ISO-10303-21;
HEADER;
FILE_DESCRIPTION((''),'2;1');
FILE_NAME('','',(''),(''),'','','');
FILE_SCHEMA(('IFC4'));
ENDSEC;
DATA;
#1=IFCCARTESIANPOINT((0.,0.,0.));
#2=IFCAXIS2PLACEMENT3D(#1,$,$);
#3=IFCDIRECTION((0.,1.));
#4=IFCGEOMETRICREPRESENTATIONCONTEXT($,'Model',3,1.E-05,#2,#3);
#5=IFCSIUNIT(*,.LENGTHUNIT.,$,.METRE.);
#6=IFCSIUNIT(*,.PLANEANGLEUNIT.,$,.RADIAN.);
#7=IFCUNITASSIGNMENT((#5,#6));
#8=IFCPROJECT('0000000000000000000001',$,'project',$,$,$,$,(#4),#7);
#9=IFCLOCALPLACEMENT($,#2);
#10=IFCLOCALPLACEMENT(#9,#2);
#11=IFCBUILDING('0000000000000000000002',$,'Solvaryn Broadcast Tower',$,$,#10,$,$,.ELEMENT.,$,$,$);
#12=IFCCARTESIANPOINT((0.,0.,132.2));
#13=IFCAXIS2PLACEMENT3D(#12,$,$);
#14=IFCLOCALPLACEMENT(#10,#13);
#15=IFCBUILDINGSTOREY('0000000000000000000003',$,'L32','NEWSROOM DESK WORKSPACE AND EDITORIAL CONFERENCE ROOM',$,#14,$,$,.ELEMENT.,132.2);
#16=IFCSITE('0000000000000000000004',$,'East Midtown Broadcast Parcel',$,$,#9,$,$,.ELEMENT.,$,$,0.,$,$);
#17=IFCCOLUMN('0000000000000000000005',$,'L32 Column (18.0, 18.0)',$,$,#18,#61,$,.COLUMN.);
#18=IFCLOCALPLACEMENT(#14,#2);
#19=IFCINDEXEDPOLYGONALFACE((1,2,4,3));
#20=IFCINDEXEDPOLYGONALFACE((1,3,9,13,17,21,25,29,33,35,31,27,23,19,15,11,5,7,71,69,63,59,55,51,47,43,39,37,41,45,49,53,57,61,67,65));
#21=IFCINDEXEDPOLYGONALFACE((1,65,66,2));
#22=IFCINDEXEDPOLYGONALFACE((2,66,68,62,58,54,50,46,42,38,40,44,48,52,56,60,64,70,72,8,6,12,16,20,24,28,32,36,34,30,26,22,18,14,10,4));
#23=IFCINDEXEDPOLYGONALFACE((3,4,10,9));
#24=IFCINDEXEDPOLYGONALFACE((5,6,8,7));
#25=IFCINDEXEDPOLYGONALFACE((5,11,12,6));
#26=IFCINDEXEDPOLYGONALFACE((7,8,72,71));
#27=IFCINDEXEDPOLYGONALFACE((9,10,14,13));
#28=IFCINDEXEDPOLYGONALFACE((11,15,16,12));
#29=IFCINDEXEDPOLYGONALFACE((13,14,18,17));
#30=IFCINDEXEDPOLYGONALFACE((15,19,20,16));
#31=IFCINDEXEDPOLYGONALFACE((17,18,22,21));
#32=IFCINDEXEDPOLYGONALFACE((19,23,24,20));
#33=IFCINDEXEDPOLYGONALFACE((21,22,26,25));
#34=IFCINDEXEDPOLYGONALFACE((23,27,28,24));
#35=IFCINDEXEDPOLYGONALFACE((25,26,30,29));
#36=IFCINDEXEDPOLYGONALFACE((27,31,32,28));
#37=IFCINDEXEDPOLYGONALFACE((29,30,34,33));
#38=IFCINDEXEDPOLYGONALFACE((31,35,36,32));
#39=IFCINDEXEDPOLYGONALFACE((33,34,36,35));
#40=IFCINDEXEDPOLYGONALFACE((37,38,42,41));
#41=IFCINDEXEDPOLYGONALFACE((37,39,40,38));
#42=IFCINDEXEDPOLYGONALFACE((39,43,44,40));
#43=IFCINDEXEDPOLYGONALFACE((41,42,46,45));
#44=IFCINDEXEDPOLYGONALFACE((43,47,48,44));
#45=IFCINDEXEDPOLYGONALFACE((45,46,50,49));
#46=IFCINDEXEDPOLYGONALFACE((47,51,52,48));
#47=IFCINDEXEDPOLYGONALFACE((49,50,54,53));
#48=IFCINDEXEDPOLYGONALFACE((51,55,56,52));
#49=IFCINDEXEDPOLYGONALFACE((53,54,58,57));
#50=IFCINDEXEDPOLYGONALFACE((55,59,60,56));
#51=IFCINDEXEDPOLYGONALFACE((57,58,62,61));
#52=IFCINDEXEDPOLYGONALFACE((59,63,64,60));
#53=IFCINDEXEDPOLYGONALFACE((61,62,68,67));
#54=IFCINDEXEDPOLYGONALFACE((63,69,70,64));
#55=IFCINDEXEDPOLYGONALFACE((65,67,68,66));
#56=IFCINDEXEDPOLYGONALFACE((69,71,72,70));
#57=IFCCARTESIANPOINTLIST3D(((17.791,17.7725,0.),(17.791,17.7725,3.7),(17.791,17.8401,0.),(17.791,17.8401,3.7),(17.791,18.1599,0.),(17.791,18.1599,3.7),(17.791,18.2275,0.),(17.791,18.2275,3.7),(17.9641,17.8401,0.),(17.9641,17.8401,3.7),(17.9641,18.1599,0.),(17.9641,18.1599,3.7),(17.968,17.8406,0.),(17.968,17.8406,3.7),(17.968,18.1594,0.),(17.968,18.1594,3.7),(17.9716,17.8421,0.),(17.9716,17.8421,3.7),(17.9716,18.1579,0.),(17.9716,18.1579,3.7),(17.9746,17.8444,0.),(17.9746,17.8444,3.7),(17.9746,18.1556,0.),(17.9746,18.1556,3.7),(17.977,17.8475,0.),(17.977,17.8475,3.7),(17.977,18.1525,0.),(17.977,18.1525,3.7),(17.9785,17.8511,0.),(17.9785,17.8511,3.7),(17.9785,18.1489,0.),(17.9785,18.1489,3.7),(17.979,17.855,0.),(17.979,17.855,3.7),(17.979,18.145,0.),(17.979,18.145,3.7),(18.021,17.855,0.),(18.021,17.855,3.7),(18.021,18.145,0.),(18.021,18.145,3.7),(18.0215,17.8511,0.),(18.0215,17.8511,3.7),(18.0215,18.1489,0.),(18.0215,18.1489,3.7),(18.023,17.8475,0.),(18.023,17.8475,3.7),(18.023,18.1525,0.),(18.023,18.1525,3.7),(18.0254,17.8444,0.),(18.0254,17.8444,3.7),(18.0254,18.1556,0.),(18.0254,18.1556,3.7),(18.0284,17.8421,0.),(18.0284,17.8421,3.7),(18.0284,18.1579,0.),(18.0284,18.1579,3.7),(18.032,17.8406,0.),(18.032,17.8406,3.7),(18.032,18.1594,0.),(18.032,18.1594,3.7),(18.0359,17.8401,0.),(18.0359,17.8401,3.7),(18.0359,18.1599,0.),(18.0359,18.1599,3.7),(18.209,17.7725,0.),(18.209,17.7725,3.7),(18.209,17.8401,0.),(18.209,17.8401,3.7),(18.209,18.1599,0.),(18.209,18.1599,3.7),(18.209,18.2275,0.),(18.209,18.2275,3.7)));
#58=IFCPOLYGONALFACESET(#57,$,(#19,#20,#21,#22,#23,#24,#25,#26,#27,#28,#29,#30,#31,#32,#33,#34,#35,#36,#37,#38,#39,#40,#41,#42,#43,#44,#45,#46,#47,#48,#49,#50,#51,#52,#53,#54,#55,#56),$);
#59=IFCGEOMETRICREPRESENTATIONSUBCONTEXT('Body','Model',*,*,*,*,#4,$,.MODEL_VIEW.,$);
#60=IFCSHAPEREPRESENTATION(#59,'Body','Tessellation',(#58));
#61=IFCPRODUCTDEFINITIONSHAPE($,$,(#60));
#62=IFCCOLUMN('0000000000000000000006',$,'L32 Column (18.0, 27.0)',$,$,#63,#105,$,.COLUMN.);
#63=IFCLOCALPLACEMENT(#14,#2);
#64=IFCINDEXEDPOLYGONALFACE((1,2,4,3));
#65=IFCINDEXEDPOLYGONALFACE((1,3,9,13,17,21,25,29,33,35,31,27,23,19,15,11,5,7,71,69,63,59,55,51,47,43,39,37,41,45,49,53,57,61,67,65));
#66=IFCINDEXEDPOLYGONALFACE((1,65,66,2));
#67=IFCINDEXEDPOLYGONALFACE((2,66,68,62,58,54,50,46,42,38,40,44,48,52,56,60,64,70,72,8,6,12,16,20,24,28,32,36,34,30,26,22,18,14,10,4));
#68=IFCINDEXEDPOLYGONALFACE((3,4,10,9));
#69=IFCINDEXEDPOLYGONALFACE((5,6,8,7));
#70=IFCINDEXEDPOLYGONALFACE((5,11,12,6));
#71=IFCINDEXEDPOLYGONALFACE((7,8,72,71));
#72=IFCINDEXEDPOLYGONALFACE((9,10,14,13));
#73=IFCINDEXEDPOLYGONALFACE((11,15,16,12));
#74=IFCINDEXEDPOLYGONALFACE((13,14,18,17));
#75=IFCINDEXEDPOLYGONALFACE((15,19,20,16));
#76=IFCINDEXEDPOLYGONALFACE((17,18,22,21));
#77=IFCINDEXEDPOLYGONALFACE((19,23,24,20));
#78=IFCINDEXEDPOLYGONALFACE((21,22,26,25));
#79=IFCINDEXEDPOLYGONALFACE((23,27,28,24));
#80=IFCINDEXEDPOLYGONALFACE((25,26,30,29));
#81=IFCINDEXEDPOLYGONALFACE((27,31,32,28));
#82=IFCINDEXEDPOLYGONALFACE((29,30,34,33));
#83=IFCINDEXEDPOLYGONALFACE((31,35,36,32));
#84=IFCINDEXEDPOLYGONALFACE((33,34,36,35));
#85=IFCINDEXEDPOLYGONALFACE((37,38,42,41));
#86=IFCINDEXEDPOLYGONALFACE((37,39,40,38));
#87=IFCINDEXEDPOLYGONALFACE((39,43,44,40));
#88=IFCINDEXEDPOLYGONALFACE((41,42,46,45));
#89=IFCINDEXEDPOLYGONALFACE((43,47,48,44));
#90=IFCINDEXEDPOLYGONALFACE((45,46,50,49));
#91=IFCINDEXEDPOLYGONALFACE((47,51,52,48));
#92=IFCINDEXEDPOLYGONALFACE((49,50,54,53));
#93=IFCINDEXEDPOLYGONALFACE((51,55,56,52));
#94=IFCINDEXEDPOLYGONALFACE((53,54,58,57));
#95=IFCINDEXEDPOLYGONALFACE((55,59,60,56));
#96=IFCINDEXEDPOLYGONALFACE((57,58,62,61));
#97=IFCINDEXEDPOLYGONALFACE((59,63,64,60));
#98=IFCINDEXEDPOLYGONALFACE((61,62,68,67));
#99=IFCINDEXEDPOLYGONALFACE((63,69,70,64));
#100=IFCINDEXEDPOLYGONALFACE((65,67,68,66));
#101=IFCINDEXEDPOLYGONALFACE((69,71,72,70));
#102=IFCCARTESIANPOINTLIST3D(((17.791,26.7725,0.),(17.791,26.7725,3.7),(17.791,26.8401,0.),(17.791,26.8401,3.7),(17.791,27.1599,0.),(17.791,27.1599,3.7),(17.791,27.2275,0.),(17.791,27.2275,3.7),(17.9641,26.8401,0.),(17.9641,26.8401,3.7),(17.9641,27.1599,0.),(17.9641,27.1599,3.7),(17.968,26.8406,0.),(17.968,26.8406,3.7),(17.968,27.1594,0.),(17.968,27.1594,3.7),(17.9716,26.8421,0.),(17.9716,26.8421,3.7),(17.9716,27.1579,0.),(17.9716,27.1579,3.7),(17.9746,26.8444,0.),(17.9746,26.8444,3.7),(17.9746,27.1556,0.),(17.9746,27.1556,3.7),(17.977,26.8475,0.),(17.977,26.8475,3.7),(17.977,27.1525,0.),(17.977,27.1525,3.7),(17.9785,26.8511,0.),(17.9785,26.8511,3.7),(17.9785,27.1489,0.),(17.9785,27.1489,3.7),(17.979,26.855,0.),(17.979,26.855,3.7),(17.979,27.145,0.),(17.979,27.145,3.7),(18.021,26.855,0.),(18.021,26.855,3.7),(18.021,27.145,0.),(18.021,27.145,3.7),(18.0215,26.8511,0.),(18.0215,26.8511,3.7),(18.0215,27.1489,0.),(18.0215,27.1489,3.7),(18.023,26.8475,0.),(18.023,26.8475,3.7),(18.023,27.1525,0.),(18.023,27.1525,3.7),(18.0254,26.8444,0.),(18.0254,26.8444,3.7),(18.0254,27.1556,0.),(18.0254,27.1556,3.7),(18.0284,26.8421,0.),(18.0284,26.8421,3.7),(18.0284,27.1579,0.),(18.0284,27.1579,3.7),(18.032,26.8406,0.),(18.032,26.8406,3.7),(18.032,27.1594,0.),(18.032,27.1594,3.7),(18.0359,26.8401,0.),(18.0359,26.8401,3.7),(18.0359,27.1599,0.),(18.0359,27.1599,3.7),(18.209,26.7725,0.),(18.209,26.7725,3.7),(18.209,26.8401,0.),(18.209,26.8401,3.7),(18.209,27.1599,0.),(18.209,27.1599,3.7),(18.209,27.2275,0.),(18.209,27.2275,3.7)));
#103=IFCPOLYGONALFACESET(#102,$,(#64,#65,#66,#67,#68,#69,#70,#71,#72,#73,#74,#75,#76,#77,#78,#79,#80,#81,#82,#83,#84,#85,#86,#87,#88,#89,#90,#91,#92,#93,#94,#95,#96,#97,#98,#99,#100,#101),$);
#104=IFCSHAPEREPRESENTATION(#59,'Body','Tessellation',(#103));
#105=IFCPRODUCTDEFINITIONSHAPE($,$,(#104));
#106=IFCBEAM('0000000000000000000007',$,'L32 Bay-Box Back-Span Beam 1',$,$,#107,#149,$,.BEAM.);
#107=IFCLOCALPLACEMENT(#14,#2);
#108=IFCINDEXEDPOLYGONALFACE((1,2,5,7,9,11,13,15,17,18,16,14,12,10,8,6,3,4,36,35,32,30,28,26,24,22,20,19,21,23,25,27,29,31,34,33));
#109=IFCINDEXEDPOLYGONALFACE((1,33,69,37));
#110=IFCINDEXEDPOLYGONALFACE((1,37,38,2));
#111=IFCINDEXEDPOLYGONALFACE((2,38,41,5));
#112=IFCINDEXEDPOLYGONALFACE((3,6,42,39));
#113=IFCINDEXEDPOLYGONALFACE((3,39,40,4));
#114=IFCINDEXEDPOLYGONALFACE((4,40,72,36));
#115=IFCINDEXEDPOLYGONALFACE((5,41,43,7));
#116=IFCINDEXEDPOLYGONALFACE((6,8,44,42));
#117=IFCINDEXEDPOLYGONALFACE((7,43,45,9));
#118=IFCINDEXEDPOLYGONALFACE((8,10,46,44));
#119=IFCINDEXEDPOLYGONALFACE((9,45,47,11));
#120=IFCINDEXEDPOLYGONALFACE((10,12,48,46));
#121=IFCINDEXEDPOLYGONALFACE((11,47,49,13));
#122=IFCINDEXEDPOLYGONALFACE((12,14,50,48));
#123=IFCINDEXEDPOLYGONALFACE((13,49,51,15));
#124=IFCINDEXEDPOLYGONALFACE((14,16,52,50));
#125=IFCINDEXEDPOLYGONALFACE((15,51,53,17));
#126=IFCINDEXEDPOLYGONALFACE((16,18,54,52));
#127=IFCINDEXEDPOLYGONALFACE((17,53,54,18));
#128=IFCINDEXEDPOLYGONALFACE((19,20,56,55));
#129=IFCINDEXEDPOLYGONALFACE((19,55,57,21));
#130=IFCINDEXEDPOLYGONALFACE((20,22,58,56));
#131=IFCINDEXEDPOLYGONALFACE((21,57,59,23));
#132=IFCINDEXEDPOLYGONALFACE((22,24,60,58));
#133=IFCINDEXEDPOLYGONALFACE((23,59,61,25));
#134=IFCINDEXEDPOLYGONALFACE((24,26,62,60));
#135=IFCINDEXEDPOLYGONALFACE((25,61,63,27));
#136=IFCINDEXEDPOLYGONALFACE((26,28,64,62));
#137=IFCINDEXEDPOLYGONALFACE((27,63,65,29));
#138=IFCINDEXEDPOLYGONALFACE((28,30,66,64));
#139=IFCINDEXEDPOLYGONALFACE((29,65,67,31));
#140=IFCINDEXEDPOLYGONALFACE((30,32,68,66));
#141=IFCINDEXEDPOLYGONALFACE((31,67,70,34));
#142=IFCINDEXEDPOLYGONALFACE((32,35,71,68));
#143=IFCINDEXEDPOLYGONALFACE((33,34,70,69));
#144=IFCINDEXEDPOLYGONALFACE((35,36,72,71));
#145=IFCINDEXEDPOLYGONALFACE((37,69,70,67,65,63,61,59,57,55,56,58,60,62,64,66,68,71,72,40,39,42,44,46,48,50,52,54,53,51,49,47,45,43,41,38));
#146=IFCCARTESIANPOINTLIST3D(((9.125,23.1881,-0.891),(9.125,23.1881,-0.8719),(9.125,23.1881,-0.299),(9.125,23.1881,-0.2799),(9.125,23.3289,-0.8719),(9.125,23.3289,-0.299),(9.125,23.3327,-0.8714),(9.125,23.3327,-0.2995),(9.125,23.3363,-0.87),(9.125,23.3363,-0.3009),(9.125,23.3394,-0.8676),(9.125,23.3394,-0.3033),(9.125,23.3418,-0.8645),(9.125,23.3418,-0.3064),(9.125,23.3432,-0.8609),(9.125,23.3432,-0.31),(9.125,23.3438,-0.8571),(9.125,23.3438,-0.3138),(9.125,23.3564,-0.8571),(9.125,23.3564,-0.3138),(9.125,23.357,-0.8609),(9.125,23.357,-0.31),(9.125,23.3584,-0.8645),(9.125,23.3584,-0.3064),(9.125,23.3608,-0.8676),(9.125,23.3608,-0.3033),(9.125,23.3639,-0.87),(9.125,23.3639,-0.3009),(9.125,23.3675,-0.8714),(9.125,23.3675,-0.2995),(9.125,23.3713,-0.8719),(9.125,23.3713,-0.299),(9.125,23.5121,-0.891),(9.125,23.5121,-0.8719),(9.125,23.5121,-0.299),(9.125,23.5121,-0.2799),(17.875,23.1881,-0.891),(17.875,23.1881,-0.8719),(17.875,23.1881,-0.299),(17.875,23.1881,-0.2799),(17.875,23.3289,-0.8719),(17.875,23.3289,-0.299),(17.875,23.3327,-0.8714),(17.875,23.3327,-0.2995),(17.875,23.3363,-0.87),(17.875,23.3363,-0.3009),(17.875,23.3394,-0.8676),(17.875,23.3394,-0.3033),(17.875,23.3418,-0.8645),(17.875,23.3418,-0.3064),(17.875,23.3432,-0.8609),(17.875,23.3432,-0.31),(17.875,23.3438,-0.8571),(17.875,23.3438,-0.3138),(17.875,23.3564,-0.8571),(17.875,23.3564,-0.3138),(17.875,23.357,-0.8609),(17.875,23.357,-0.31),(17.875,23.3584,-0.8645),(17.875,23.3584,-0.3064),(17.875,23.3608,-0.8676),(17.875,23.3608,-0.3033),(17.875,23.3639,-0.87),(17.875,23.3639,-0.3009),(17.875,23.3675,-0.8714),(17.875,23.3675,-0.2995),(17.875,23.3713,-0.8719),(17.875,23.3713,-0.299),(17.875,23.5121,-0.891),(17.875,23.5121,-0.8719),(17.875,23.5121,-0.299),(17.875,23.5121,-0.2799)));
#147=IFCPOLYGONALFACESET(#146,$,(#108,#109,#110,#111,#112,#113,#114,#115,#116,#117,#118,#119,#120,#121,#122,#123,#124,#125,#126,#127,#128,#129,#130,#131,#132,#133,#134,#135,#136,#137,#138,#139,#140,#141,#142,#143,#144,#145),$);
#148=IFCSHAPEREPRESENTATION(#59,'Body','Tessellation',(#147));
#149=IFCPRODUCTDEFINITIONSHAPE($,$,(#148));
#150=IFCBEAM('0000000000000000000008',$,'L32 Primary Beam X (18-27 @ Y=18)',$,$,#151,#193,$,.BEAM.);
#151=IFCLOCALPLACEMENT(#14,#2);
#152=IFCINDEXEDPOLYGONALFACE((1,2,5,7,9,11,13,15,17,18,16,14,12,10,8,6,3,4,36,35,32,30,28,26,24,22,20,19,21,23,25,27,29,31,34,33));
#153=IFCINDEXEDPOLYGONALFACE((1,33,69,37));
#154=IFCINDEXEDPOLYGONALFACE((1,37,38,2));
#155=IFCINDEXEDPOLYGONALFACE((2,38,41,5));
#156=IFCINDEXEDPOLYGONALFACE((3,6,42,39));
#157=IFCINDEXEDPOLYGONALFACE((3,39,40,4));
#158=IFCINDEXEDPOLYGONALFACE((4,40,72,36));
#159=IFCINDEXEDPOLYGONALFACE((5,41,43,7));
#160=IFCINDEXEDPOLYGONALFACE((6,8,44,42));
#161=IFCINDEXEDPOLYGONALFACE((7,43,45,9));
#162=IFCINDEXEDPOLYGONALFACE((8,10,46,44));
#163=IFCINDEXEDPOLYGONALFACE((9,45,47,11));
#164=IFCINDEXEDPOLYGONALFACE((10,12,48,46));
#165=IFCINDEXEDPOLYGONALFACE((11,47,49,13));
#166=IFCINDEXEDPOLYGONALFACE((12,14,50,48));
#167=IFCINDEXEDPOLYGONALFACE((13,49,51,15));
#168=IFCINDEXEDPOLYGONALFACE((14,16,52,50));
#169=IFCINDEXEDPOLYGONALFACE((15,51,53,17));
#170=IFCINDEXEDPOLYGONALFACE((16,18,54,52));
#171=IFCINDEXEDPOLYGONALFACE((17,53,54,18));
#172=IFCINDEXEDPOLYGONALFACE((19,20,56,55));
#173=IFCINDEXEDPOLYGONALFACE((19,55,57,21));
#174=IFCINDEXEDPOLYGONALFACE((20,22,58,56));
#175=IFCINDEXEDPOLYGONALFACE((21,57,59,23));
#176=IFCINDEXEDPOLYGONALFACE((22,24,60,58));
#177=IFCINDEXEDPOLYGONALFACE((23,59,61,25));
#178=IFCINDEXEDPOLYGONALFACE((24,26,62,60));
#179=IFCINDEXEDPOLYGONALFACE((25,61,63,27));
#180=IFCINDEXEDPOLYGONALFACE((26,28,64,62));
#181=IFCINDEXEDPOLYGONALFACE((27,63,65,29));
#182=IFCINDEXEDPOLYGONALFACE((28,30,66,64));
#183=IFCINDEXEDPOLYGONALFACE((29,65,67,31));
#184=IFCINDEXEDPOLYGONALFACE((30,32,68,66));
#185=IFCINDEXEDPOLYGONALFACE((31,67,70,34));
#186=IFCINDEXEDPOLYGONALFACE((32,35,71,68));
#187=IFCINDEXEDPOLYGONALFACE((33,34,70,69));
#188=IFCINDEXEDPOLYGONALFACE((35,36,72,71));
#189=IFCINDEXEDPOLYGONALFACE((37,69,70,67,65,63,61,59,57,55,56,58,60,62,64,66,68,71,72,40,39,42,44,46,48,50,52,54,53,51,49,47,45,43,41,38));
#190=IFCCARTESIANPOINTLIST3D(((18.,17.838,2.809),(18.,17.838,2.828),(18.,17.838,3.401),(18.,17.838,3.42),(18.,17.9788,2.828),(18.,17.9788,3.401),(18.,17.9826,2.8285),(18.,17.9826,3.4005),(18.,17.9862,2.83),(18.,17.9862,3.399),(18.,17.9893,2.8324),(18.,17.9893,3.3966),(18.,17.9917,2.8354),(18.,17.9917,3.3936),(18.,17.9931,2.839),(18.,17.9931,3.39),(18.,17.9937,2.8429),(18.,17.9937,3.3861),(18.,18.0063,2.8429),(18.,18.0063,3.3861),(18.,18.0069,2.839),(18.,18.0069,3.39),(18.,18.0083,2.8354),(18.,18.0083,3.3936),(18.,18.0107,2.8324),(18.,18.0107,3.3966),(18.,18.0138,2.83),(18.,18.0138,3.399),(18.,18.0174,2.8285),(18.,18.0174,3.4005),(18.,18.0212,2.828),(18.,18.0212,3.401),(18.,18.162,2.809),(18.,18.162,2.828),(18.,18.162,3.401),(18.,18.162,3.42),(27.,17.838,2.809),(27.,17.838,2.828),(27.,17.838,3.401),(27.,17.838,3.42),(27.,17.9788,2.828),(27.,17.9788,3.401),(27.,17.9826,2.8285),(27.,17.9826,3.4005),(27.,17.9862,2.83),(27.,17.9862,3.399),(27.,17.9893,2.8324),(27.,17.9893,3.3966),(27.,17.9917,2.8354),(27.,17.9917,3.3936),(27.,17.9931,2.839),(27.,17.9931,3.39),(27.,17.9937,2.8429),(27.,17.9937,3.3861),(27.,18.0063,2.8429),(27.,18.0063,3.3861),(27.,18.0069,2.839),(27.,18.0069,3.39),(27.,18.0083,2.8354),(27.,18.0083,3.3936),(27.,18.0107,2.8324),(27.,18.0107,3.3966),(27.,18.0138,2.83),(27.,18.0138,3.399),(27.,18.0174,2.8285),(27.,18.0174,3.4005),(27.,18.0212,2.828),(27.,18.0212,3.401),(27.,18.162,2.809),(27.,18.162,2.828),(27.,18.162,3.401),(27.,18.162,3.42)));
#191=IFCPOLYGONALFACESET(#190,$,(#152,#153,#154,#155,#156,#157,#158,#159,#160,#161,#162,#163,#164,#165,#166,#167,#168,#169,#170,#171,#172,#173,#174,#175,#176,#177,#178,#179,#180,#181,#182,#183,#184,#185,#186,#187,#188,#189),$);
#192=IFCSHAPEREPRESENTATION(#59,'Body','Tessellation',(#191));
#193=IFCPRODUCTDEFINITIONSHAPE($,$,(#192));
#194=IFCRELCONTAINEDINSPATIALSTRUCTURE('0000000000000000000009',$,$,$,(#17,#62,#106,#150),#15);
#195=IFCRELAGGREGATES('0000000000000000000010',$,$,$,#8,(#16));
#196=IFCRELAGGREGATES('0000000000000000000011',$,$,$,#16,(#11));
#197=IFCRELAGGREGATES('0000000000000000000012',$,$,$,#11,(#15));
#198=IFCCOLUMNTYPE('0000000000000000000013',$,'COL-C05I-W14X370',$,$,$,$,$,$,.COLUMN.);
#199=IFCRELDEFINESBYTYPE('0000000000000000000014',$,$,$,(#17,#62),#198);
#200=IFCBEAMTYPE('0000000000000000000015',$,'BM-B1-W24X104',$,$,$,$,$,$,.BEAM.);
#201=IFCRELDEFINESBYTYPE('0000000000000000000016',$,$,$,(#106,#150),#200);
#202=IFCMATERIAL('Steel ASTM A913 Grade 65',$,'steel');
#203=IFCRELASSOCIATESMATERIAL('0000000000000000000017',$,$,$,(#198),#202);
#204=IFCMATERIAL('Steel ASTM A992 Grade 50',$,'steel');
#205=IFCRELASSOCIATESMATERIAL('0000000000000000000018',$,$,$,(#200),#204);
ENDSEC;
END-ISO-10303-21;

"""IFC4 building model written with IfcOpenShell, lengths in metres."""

from ifc_helpers import new_model, si_unit, direction, frame, origin, origin_2d, place, context, subcontext, project, spatial, i_section, extrude, material, material_profile, profile_set, type_object, element, save


model = new_model("IFC4")

# Units and contexts
model_context = context("Model", 3, precision=1e-05, world=origin(), true_north=direction((0.0, 1.0)))
body_context = subcontext(model_context, "Body", "Model", "MODEL_VIEW")
ifc_project = project(units=[si_unit("LENGTHUNIT", "METRE"), si_unit("PLANEANGLEUNIT", "RADIAN")], contexts=[model_context])

# Site, building, storey
site_placement = place(None, origin())
site = spatial("IfcSite", under=ifc_project, at=site_placement, Name="East Midtown Broadcast Parcel", CompositionType="ELEMENT", RefElevation=0.0)
building_placement = place(site_placement, origin())
building = spatial("IfcBuilding", under=site, at=building_placement, Name="Solvaryn Broadcast Tower", CompositionType="ELEMENT")
storey_placement = place(building_placement, frame((0.0, 0.0, 132.2)))
storey = spatial("IfcBuildingStorey", under=building, at=storey_placement, Name="L32", Description="NEWSROOM DESK WORKSPACE AND EDITORIAL CONFERENCE ROOM", CompositionType="ELEMENT", Elevation=132.2)

# Columns
ifc_material_1 = material(Name="Steel ASTM A913 Grade 65", Category="steel")
ifc_material_profile_1 = material_profile(ifc_material_1, i_section(OverallWidth=0.418, OverallDepth=0.4551, WebThickness=0.042, FlangeThickness=0.0676, FilletRadius=0.0149, at=origin_2d()))
ifc_profile_set_1 = profile_set([ifc_material_profile_1], Name="Steel ASTM A913 Grade 65")
column_type = type_object("IfcColumnType", Name="COL-C05I-W14X370", PredefinedType="COLUMN", material=ifc_profile_set_1)
for number, where, z_axis, x_axis, name in (
    (1, (18.0, 18.0, 0.0), (0.0, 0.0, 1.0), (1.0, 0.0, 0.0), "L32 Column (18.0, 18.0)"),
    (2, (18.0, 27.0, 0.0), (0.0, 0.0, 1.0), (1.0, 0.0, 0.0), "L32 Column (18.0, 27.0)"),
):
    element("IfcColumn", number, at=place(storey_placement, frame(where, z_axis=z_axis, x_axis=x_axis)), inside=storey, type_object=column_type, Name=name, PredefinedType="COLUMN", context=body_context, shape_type="SweptSolid", body=[
        extrude(i_section(OverallWidth=0.418, OverallDepth=0.4551, WebThickness=0.042, FlangeThickness=0.0676, FilletRadius=0.0149, at=origin_2d()), origin(), (0.0, 0.0, 1.0), 3.7),
    ])

# Beams
ifc_material_2 = material(Name="Steel ASTM A992 Grade 50", Category="steel")
ifc_material_profile_2 = material_profile(ifc_material_2, i_section(OverallWidth=0.324, OverallDepth=0.6111, WebThickness=0.0127, FlangeThickness=0.019, FilletRadius=0.0149, at=origin_2d()))
ifc_profile_set_2 = profile_set([ifc_material_profile_2], Name="Steel ASTM A992 Grade 50")
beam_type_1 = type_object("IfcBeamType", Name="BM-B1-W24X104", PredefinedType="BEAM", material=ifc_profile_set_2)
beam_1_placement = place(storey_placement, frame((17.875, 23.3501, -0.5854), z_axis=(-1.0, 0.0, 0.0), x_axis=(0.0, -1.0, 0.0)))
element("IfcBeam", 3, at=beam_1_placement, inside=storey, type_object=beam_type_1, Name="L32 Bay-Box Back-Span Beam 1", PredefinedType="BEAM", context=body_context, shape_type="SweptSolid", body=[
    extrude(i_section(OverallWidth=0.324, OverallDepth=0.6111, WebThickness=0.0127, FlangeThickness=0.019, FilletRadius=0.0149, at=origin_2d()), origin(), (0.0, 0.0, 1.0), 8.75),
])
for number, where, z_axis, x_axis, name in (
    (4, (18.0, 18.0, 3.1145), (1.0, 0.0, 0.0), (0.0, 1.0, 0.0), "L32 Primary Beam X (18-27 @ Y=18)"),
):
    element("IfcBeam", number, at=place(storey_placement, frame(where, z_axis=z_axis, x_axis=x_axis)), inside=storey, type_object=beam_type_1, Name=name, PredefinedType="BEAM", context=body_context, shape_type="SweptSolid", body=[
        extrude(i_section(OverallWidth=0.324, OverallDepth=0.6111, WebThickness=0.0127, FlangeThickness=0.019, FilletRadius=0.0149, at=origin_2d()), origin(), (0.0, 0.0, 1.0), 9.0),
    ])

save(model, "model.ifc")
